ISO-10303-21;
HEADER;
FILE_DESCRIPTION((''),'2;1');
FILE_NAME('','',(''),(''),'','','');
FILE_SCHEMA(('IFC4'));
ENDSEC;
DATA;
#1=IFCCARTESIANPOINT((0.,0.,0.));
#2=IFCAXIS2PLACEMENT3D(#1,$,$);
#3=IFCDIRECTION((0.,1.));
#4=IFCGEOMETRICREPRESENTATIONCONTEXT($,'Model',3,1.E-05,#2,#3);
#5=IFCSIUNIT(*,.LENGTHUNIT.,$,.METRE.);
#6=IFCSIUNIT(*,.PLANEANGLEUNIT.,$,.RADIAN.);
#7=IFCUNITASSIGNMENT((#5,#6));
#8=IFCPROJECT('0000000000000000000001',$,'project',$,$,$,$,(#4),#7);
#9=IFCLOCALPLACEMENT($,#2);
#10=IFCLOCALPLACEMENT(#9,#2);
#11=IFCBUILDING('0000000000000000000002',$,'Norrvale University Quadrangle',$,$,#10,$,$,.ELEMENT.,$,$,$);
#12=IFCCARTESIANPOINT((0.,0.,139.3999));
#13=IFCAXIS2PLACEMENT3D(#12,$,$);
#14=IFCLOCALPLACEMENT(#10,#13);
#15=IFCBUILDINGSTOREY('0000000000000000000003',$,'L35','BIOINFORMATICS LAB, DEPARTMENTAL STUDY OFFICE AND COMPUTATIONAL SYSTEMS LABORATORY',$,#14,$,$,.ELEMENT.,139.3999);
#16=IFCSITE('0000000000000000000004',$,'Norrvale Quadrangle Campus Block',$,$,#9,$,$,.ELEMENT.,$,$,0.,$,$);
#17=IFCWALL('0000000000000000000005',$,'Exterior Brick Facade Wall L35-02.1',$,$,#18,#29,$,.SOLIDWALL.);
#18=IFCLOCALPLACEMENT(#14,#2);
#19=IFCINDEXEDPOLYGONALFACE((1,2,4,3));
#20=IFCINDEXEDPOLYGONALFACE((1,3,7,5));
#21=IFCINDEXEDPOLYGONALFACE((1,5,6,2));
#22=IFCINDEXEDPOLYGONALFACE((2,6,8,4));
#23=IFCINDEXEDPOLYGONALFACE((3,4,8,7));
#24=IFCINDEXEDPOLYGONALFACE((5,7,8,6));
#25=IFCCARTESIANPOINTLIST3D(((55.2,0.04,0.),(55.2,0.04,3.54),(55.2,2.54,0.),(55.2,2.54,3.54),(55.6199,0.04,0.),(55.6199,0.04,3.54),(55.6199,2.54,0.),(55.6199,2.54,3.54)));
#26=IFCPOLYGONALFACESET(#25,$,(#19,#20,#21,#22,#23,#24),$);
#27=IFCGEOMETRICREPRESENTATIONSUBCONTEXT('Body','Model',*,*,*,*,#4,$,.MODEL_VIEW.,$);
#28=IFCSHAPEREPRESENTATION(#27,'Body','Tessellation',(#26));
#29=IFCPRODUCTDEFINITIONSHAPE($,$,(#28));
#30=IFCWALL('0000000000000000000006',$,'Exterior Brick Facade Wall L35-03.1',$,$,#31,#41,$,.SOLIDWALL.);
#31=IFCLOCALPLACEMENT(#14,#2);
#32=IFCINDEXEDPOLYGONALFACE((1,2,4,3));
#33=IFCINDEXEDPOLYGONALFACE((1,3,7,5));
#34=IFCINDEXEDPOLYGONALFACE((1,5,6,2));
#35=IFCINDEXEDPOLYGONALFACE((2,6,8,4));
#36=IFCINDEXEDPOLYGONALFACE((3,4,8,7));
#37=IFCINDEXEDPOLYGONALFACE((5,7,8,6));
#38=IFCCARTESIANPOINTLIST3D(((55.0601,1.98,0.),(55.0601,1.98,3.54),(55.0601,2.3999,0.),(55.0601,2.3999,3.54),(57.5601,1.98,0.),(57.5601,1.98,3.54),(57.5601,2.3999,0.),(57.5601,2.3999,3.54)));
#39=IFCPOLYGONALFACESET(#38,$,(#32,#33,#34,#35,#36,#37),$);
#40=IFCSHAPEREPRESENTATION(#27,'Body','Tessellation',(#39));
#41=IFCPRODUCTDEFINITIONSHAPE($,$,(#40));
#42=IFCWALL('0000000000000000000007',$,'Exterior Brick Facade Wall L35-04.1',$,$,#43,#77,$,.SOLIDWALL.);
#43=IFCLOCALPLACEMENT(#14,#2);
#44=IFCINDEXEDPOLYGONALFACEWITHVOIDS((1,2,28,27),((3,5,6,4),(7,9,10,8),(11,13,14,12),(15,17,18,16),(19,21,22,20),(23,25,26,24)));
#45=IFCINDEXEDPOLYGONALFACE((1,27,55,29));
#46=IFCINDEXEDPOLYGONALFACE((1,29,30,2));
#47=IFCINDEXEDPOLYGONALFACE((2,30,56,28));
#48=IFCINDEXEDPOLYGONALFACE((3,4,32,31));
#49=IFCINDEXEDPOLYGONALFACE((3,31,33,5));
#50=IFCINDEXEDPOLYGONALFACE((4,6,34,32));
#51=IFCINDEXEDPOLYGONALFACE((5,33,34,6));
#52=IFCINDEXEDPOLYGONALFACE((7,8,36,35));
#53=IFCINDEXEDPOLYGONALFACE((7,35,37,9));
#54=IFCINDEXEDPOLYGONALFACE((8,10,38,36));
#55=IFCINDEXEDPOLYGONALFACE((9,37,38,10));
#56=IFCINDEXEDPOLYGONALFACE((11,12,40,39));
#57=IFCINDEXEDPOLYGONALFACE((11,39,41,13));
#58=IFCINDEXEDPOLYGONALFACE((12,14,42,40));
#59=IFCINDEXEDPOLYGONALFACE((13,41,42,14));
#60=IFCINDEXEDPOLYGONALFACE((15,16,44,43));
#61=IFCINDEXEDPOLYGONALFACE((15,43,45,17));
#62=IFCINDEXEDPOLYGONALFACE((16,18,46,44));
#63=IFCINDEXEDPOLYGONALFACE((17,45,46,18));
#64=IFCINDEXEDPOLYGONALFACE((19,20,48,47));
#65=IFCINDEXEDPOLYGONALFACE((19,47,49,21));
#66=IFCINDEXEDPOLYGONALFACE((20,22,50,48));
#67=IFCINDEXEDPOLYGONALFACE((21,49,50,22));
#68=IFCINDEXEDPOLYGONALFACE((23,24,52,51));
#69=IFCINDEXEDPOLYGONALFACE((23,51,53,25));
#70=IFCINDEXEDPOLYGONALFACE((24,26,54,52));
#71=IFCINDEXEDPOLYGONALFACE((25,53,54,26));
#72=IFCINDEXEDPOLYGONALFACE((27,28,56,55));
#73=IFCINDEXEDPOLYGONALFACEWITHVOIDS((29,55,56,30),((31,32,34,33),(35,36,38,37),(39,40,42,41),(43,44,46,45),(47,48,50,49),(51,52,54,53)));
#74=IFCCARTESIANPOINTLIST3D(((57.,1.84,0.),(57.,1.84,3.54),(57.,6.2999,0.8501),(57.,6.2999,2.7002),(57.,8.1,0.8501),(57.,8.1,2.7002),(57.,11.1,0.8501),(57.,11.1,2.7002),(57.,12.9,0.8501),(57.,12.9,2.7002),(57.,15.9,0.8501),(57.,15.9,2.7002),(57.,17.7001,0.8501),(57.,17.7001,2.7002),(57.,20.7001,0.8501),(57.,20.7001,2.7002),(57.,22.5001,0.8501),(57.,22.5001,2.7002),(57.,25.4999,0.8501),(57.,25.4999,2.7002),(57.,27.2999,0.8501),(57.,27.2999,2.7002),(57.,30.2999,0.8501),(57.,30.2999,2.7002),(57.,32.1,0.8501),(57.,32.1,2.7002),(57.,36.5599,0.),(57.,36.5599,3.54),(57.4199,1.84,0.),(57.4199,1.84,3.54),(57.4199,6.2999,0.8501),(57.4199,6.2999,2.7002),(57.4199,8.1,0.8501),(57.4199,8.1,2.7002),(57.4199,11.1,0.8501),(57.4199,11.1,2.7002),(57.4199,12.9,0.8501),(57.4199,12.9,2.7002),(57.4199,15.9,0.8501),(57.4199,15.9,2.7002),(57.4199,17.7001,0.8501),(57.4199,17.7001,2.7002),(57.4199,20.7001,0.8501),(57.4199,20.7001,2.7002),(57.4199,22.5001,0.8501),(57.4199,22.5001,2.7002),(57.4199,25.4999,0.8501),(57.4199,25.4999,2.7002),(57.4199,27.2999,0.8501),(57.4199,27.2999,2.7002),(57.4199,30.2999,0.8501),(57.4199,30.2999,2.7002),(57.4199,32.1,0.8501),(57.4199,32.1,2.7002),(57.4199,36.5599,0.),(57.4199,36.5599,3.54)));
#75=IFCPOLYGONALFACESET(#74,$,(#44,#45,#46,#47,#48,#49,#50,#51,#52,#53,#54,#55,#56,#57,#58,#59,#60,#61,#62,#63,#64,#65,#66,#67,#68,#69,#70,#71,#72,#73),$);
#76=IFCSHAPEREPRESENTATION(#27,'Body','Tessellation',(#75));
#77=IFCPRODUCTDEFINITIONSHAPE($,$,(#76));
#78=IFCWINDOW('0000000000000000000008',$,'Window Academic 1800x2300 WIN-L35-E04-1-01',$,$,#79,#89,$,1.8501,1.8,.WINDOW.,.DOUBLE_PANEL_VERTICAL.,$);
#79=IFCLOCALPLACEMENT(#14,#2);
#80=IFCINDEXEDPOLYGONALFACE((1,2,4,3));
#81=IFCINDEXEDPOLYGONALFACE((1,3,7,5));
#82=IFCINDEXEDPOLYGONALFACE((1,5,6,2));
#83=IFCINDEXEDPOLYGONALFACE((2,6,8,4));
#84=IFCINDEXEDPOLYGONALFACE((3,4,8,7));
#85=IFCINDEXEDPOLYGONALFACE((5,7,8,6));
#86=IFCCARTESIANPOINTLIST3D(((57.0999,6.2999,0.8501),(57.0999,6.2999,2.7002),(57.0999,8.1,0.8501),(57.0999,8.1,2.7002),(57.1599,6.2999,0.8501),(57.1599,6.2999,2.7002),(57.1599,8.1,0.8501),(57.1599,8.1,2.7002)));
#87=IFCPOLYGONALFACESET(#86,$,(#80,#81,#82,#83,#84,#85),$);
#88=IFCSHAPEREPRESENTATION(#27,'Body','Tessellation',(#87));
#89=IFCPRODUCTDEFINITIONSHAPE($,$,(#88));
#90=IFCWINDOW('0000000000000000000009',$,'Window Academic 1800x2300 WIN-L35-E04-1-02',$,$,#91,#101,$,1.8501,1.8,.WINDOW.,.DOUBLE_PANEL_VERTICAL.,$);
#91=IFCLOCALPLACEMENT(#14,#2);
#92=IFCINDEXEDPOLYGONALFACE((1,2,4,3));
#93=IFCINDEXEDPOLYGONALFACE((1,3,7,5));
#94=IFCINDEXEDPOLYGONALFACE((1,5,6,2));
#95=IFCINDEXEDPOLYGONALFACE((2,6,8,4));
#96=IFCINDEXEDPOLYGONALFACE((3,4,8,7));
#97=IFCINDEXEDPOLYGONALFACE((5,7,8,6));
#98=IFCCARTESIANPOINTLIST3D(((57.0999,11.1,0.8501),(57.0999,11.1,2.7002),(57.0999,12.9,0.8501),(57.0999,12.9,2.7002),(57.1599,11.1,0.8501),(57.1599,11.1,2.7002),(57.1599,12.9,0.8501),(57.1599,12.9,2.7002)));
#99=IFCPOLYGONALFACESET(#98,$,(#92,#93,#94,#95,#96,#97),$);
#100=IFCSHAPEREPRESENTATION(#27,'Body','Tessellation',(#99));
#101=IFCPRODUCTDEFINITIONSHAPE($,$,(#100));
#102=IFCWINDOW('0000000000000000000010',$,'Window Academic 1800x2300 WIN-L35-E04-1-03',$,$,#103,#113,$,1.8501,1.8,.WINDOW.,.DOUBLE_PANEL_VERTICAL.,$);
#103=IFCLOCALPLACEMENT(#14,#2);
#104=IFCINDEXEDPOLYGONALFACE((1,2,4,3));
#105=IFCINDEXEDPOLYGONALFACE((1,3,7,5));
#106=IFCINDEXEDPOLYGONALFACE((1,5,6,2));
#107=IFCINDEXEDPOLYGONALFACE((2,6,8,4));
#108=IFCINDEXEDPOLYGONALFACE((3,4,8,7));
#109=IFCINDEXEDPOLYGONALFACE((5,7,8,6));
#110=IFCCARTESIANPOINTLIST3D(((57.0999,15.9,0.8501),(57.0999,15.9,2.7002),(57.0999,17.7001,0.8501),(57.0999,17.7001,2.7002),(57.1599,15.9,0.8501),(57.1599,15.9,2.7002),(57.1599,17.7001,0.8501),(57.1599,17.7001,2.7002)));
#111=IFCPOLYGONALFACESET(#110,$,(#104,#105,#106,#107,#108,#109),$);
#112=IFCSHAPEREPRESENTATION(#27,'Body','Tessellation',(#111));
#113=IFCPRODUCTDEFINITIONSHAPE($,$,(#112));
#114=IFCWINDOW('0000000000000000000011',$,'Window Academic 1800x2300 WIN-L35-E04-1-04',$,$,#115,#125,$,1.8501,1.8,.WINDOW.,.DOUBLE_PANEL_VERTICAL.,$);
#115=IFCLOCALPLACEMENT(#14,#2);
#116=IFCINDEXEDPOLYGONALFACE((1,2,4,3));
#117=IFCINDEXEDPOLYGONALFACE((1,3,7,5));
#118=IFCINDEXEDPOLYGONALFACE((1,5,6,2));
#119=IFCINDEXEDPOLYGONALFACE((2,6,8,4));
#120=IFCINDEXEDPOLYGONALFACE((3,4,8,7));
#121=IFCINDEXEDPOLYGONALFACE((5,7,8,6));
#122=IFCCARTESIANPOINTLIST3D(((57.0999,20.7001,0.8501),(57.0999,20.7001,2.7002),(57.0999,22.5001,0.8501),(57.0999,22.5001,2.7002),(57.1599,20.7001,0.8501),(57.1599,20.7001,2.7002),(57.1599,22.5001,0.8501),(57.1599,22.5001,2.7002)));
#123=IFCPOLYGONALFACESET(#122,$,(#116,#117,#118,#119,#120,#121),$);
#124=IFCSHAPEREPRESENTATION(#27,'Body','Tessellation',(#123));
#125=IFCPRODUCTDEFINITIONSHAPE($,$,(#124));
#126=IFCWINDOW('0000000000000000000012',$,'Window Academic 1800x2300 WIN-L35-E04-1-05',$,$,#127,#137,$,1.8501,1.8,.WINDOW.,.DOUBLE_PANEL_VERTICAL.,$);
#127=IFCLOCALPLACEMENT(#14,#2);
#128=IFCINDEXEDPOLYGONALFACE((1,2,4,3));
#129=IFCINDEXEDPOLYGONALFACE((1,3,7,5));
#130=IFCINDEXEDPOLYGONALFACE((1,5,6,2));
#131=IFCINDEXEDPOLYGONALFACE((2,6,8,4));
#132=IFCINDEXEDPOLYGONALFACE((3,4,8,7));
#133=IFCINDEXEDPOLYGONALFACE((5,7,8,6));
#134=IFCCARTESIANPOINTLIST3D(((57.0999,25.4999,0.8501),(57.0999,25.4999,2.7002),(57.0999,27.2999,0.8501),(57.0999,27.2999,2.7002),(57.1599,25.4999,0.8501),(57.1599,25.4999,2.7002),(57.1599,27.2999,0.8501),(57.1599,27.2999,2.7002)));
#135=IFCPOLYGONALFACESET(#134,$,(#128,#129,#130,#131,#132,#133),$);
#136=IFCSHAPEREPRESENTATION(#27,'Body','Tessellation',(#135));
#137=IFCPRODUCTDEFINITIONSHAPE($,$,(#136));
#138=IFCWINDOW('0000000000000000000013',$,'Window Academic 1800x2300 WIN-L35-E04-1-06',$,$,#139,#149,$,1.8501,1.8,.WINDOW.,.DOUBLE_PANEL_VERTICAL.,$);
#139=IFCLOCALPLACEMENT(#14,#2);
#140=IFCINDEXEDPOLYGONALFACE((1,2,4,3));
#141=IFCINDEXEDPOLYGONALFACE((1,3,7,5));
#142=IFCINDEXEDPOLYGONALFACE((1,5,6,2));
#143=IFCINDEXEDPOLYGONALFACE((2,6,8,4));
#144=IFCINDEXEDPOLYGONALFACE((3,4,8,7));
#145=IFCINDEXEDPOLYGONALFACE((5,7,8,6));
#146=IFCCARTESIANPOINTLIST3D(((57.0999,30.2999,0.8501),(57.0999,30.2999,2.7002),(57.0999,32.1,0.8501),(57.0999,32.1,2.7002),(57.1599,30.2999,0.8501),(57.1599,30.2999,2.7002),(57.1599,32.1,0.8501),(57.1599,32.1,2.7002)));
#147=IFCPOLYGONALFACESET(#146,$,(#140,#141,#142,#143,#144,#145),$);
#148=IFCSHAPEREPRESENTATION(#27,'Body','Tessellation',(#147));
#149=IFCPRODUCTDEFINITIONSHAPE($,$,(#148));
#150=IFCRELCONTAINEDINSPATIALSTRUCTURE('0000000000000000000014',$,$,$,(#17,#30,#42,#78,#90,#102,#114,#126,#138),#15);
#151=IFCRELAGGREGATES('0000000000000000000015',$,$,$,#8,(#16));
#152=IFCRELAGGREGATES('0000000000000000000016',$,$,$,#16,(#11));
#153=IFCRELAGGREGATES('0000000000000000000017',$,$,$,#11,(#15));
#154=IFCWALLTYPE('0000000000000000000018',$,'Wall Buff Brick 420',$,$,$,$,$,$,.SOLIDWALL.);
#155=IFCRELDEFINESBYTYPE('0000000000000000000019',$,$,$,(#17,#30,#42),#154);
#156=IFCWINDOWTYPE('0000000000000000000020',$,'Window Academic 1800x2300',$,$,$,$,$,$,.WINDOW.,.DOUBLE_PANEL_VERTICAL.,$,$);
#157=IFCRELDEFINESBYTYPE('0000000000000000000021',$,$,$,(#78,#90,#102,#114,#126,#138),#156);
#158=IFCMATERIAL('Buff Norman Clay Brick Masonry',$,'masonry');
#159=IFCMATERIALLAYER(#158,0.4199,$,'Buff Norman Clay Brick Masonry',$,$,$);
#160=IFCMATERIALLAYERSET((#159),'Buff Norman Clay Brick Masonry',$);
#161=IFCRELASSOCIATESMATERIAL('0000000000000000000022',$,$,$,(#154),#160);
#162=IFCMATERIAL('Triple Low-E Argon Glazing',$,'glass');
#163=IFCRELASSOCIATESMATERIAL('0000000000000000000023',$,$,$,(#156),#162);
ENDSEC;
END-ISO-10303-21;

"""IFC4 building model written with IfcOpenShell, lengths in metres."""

from ifc_helpers import new_model, si_unit, direction, frame, frame_2d, origin, place, context, subcontext, project, spatial, rectangle, extrude, material, layer, layer_set, type_object, element, fill, save


model = new_model("IFC4")

# Units and contexts
model_context = context("Model", 3, precision=1e-05, world=origin(), true_north=direction((0.0, 1.0)))
body_context = subcontext(model_context, "Body", "Model", "MODEL_VIEW")
ifc_project = project(units=[si_unit("LENGTHUNIT", "METRE"), si_unit("PLANEANGLEUNIT", "RADIAN")], contexts=[model_context])

# Site, building, storey
site_placement = place(None, origin())
site = spatial("IfcSite", under=ifc_project, at=site_placement, Name="Norrvale Quadrangle Campus Block", CompositionType="ELEMENT", RefElevation=0.0)
building_placement = place(site_placement, origin())
building = spatial("IfcBuilding", under=site, at=building_placement, Name="Norrvale University Quadrangle", CompositionType="ELEMENT")
storey_placement = place(building_placement, frame((0.0, 0.0, 139.3999)))
storey = spatial("IfcBuildingStorey", under=building, at=storey_placement, Name="L35", Description="BIOINFORMATICS LAB, DEPARTMENTAL STUDY OFFICE AND COMPUTATIONAL SYSTEMS LABORATORY", CompositionType="ELEMENT", Elevation=139.3999)

# Walls
ifc_material_1 = material(Name="Buff Norman Clay Brick Masonry", Category="masonry")
ifc_layer_1 = layer(ifc_material_1, 0.4199, Name="Buff Norman Clay Brick Masonry")
ifc_layer_set_1 = layer_set([ifc_layer_1], Name="Buff Norman Clay Brick Masonry")
wall_type_1 = type_object("IfcWallType", Name="Wall Buff Brick 420", PredefinedType="SOLIDWALL", material=ifc_layer_set_1)
for number, where, z_axis, x_axis, name in (
    (1, (55.4099, 0.04, 0.0), (0.0, 0.0, 1.0), (0.0, 1.0, 0.0), "Exterior Brick Facade Wall L35-02.1"),
    (2, (55.0601, 2.1899, 0.0), (0.0, 0.0, 1.0), (1.0, 0.0, 0.0), "Exterior Brick Facade Wall L35-03.1"),
):
    element("IfcWall", number, at=place(storey_placement, frame(where, z_axis=z_axis, x_axis=x_axis)), inside=storey, type_object=wall_type_1, Name=name, PredefinedType="SOLIDWALL", context=body_context, shape_type="SweptSolid", body=[
        extrude(rectangle(XDim=2.5, YDim=0.4199, at=frame_2d((1.25, 0.0))), origin(), (0.0, 0.0, 1.0), 3.54),
    ])

# Wall, openings, windows
wall_1_placement = place(storey_placement, frame((57.21, 1.8401, 0.0), z_axis=(0.0, 0.0, 1.0), x_axis=(0.0, 1.0, 0.0)))
wall_1 = element("IfcWall", 3, at=wall_1_placement, inside=storey, type_object=wall_type_1, Name="Exterior Brick Facade Wall L35-04.1", PredefinedType="SOLIDWALL", context=body_context, shape_type="SweptSolid", body=[
    extrude(rectangle(XDim=34.72, YDim=0.4199, at=frame_2d((17.3599, 0.0))), origin(), (0.0, 0.0, 1.0), 3.54),
])
opening_1_placement = place(wall_1_placement, frame((4.46, 0.0, 0.8501)))
opening_1 = element("IfcOpeningElement", 4, at=opening_1_placement, cuts=wall_1, PredefinedType="OPENING", context=body_context, shape_type="SweptSolid", body=[
    extrude(rectangle(XDim=1.8, YDim=1.8501, at=frame_2d((0.8999, 0.925))), frame((0.0, 0.2219, 0.0), z_axis=(0.0, -1.0, 0.0), x_axis=(1.0, 0.0, 0.0)), (0.0, 0.0, 1.0), 0.4438),
])
opening_2_placement = place(wall_1_placement, frame((9.26, 0.0, 0.8501)))
opening_2 = element("IfcOpeningElement", 5, at=opening_2_placement, cuts=wall_1, PredefinedType="OPENING", context=body_context, shape_type="SweptSolid", body=[
    extrude(rectangle(XDim=1.8, YDim=1.8501, at=frame_2d((0.8999, 0.925))), frame((0.0, 0.2219, 0.0), z_axis=(0.0, -1.0, 0.0), x_axis=(1.0, 0.0, 0.0)), (0.0, 0.0, 1.0), 0.4438),
])
opening_3_placement = place(wall_1_placement, frame((14.0601, 0.0, 0.8501)))
opening_3 = element("IfcOpeningElement", 6, at=opening_3_placement, cuts=wall_1, PredefinedType="OPENING", context=body_context, shape_type="SweptSolid", body=[
    extrude(rectangle(XDim=1.8, YDim=1.8501, at=frame_2d((0.8999, 0.925))), frame((0.0, 0.2219, 0.0), z_axis=(0.0, -1.0, 0.0), x_axis=(1.0, 0.0, 0.0)), (0.0, 0.0, 1.0), 0.4438),
])
opening_4_placement = place(wall_1_placement, frame((18.8601, 0.0, 0.8501)))
opening_4 = element("IfcOpeningElement", 7, at=opening_4_placement, cuts=wall_1, PredefinedType="OPENING", context=body_context, shape_type="SweptSolid", body=[
    extrude(rectangle(XDim=1.8, YDim=1.8501, at=frame_2d((0.8999, 0.925))), frame((0.0, 0.2219, 0.0), z_axis=(0.0, -1.0, 0.0), x_axis=(1.0, 0.0, 0.0)), (0.0, 0.0, 1.0), 0.4438),
])
opening_5_placement = place(wall_1_placement, frame((23.6599, 0.0, 0.8501)))
opening_5 = element("IfcOpeningElement", 8, at=opening_5_placement, cuts=wall_1, PredefinedType="OPENING", context=body_context, shape_type="SweptSolid", body=[
    extrude(rectangle(XDim=1.8, YDim=1.8501, at=frame_2d((0.8999, 0.925))), frame((0.0, 0.2219, 0.0), z_axis=(0.0, -1.0, 0.0), x_axis=(1.0, 0.0, 0.0)), (0.0, 0.0, 1.0), 0.4438),
])
opening_6_placement = place(wall_1_placement, frame((28.46, 0.0, 0.8501)))
opening_6 = element("IfcOpeningElement", 9, at=opening_6_placement, cuts=wall_1, PredefinedType="OPENING", context=body_context, shape_type="SweptSolid", body=[
    extrude(rectangle(XDim=1.8, YDim=1.8501, at=frame_2d((0.8999, 0.925))), frame((0.0, 0.2219, 0.0), z_axis=(0.0, -1.0, 0.0), x_axis=(1.0, 0.0, 0.0)), (0.0, 0.0, 1.0), 0.4438),
])
ifc_material_2 = material(Name="Triple Low-E Argon Glazing", Category="glass")
window_type = type_object("IfcWindowType", Name="Window Academic 1800x2300", PartitioningType="DOUBLE_PANEL_VERTICAL", PredefinedType="WINDOW", material=ifc_material_2)
window_1_placement = place(opening_1_placement, origin())
window_1 = element("IfcWindow", 10, at=window_1_placement, inside=storey, type_object=window_type, Name="Window Academic 1800x2300 WIN-L35-E04-1-01", OverallHeight=1.8501, OverallWidth=1.8, PartitioningType="DOUBLE_PANEL_VERTICAL", PredefinedType="WINDOW", context=body_context, shape_type="SweptSolid", body=[
    extrude(rectangle(XDim=1.8, YDim=1.8501, at=frame_2d((0.8999, 0.925))), frame((0.0, 0.1101, 0.0), z_axis=(0.0, -1.0, 0.0), x_axis=(1.0, 0.0, 0.0)), (0.0, 0.0, 1.0), 0.0601),
])
fill(opening_1, window_1)
window_2_placement = place(opening_2_placement, origin())
window_2 = element("IfcWindow", 11, at=window_2_placement, inside=storey, type_object=window_type, Name="Window Academic 1800x2300 WIN-L35-E04-1-02", OverallHeight=1.8501, OverallWidth=1.8, PartitioningType="DOUBLE_PANEL_VERTICAL", PredefinedType="WINDOW", context=body_context, shape_type="SweptSolid", body=[
    extrude(rectangle(XDim=1.8, YDim=1.8501, at=frame_2d((0.8999, 0.925))), frame((0.0, 0.1101, 0.0), z_axis=(0.0, -1.0, 0.0), x_axis=(1.0, 0.0, 0.0)), (0.0, 0.0, 1.0), 0.0601),
])
fill(opening_2, window_2)
window_3_placement = place(opening_3_placement, origin())
window_3 = element("IfcWindow", 12, at=window_3_placement, inside=storey, type_object=window_type, Name="Window Academic 1800x2300 WIN-L35-E04-1-03", OverallHeight=1.8501, OverallWidth=1.8, PartitioningType="DOUBLE_PANEL_VERTICAL", PredefinedType="WINDOW", context=body_context, shape_type="SweptSolid", body=[
    extrude(rectangle(XDim=1.8, YDim=1.8501, at=frame_2d((0.8999, 0.925))), frame((0.0, 0.1101, 0.0), z_axis=(0.0, -1.0, 0.0), x_axis=(1.0, 0.0, 0.0)), (0.0, 0.0, 1.0), 0.0601),
])
fill(opening_3, window_3)
window_4_placement = place(opening_4_placement, origin())
window_4 = element("IfcWindow", 13, at=window_4_placement, inside=storey, type_object=window_type, Name="Window Academic 1800x2300 WIN-L35-E04-1-04", OverallHeight=1.8501, OverallWidth=1.8, PartitioningType="DOUBLE_PANEL_VERTICAL", PredefinedType="WINDOW", context=body_context, shape_type="SweptSolid", body=[
    extrude(rectangle(XDim=1.8, YDim=1.8501, at=frame_2d((0.8999, 0.925))), frame((0.0, 0.1101, 0.0), z_axis=(0.0, -1.0, 0.0), x_axis=(1.0, 0.0, 0.0)), (0.0, 0.0, 1.0), 0.0601),
])
fill(opening_4, window_4)
window_5_placement = place(opening_5_placement, origin())
window_5 = element("IfcWindow", 14, at=window_5_placement, inside=storey, type_object=window_type, Name="Window Academic 1800x2300 WIN-L35-E04-1-05", OverallHeight=1.8501, OverallWidth=1.8, PartitioningType="DOUBLE_PANEL_VERTICAL", PredefinedType="WINDOW", context=body_context, shape_type="SweptSolid", body=[
    extrude(rectangle(XDim=1.8, YDim=1.8501, at=frame_2d((0.8999, 0.925))), frame((0.0, 0.1101, 0.0), z_axis=(0.0, -1.0, 0.0), x_axis=(1.0, 0.0, 0.0)), (0.0, 0.0, 1.0), 0.0601),
])
fill(opening_5, window_5)
window_6_placement = place(opening_6_placement, origin())
window_6 = element("IfcWindow", 15, at=window_6_placement, inside=storey, type_object=window_type, Name="Window Academic 1800x2300 WIN-L35-E04-1-06", OverallHeight=1.8501, OverallWidth=1.8, PartitioningType="DOUBLE_PANEL_VERTICAL", PredefinedType="WINDOW", context=body_context, shape_type="SweptSolid", body=[
    extrude(rectangle(XDim=1.8, YDim=1.8501, at=frame_2d((0.8999, 0.925))), frame((0.0, 0.1101, 0.0), z_axis=(0.0, -1.0, 0.0), x_axis=(1.0, 0.0, 0.0)), (0.0, 0.0, 1.0), 0.0601),
])
fill(opening_6, window_6)

save(model, "model.ifc")
